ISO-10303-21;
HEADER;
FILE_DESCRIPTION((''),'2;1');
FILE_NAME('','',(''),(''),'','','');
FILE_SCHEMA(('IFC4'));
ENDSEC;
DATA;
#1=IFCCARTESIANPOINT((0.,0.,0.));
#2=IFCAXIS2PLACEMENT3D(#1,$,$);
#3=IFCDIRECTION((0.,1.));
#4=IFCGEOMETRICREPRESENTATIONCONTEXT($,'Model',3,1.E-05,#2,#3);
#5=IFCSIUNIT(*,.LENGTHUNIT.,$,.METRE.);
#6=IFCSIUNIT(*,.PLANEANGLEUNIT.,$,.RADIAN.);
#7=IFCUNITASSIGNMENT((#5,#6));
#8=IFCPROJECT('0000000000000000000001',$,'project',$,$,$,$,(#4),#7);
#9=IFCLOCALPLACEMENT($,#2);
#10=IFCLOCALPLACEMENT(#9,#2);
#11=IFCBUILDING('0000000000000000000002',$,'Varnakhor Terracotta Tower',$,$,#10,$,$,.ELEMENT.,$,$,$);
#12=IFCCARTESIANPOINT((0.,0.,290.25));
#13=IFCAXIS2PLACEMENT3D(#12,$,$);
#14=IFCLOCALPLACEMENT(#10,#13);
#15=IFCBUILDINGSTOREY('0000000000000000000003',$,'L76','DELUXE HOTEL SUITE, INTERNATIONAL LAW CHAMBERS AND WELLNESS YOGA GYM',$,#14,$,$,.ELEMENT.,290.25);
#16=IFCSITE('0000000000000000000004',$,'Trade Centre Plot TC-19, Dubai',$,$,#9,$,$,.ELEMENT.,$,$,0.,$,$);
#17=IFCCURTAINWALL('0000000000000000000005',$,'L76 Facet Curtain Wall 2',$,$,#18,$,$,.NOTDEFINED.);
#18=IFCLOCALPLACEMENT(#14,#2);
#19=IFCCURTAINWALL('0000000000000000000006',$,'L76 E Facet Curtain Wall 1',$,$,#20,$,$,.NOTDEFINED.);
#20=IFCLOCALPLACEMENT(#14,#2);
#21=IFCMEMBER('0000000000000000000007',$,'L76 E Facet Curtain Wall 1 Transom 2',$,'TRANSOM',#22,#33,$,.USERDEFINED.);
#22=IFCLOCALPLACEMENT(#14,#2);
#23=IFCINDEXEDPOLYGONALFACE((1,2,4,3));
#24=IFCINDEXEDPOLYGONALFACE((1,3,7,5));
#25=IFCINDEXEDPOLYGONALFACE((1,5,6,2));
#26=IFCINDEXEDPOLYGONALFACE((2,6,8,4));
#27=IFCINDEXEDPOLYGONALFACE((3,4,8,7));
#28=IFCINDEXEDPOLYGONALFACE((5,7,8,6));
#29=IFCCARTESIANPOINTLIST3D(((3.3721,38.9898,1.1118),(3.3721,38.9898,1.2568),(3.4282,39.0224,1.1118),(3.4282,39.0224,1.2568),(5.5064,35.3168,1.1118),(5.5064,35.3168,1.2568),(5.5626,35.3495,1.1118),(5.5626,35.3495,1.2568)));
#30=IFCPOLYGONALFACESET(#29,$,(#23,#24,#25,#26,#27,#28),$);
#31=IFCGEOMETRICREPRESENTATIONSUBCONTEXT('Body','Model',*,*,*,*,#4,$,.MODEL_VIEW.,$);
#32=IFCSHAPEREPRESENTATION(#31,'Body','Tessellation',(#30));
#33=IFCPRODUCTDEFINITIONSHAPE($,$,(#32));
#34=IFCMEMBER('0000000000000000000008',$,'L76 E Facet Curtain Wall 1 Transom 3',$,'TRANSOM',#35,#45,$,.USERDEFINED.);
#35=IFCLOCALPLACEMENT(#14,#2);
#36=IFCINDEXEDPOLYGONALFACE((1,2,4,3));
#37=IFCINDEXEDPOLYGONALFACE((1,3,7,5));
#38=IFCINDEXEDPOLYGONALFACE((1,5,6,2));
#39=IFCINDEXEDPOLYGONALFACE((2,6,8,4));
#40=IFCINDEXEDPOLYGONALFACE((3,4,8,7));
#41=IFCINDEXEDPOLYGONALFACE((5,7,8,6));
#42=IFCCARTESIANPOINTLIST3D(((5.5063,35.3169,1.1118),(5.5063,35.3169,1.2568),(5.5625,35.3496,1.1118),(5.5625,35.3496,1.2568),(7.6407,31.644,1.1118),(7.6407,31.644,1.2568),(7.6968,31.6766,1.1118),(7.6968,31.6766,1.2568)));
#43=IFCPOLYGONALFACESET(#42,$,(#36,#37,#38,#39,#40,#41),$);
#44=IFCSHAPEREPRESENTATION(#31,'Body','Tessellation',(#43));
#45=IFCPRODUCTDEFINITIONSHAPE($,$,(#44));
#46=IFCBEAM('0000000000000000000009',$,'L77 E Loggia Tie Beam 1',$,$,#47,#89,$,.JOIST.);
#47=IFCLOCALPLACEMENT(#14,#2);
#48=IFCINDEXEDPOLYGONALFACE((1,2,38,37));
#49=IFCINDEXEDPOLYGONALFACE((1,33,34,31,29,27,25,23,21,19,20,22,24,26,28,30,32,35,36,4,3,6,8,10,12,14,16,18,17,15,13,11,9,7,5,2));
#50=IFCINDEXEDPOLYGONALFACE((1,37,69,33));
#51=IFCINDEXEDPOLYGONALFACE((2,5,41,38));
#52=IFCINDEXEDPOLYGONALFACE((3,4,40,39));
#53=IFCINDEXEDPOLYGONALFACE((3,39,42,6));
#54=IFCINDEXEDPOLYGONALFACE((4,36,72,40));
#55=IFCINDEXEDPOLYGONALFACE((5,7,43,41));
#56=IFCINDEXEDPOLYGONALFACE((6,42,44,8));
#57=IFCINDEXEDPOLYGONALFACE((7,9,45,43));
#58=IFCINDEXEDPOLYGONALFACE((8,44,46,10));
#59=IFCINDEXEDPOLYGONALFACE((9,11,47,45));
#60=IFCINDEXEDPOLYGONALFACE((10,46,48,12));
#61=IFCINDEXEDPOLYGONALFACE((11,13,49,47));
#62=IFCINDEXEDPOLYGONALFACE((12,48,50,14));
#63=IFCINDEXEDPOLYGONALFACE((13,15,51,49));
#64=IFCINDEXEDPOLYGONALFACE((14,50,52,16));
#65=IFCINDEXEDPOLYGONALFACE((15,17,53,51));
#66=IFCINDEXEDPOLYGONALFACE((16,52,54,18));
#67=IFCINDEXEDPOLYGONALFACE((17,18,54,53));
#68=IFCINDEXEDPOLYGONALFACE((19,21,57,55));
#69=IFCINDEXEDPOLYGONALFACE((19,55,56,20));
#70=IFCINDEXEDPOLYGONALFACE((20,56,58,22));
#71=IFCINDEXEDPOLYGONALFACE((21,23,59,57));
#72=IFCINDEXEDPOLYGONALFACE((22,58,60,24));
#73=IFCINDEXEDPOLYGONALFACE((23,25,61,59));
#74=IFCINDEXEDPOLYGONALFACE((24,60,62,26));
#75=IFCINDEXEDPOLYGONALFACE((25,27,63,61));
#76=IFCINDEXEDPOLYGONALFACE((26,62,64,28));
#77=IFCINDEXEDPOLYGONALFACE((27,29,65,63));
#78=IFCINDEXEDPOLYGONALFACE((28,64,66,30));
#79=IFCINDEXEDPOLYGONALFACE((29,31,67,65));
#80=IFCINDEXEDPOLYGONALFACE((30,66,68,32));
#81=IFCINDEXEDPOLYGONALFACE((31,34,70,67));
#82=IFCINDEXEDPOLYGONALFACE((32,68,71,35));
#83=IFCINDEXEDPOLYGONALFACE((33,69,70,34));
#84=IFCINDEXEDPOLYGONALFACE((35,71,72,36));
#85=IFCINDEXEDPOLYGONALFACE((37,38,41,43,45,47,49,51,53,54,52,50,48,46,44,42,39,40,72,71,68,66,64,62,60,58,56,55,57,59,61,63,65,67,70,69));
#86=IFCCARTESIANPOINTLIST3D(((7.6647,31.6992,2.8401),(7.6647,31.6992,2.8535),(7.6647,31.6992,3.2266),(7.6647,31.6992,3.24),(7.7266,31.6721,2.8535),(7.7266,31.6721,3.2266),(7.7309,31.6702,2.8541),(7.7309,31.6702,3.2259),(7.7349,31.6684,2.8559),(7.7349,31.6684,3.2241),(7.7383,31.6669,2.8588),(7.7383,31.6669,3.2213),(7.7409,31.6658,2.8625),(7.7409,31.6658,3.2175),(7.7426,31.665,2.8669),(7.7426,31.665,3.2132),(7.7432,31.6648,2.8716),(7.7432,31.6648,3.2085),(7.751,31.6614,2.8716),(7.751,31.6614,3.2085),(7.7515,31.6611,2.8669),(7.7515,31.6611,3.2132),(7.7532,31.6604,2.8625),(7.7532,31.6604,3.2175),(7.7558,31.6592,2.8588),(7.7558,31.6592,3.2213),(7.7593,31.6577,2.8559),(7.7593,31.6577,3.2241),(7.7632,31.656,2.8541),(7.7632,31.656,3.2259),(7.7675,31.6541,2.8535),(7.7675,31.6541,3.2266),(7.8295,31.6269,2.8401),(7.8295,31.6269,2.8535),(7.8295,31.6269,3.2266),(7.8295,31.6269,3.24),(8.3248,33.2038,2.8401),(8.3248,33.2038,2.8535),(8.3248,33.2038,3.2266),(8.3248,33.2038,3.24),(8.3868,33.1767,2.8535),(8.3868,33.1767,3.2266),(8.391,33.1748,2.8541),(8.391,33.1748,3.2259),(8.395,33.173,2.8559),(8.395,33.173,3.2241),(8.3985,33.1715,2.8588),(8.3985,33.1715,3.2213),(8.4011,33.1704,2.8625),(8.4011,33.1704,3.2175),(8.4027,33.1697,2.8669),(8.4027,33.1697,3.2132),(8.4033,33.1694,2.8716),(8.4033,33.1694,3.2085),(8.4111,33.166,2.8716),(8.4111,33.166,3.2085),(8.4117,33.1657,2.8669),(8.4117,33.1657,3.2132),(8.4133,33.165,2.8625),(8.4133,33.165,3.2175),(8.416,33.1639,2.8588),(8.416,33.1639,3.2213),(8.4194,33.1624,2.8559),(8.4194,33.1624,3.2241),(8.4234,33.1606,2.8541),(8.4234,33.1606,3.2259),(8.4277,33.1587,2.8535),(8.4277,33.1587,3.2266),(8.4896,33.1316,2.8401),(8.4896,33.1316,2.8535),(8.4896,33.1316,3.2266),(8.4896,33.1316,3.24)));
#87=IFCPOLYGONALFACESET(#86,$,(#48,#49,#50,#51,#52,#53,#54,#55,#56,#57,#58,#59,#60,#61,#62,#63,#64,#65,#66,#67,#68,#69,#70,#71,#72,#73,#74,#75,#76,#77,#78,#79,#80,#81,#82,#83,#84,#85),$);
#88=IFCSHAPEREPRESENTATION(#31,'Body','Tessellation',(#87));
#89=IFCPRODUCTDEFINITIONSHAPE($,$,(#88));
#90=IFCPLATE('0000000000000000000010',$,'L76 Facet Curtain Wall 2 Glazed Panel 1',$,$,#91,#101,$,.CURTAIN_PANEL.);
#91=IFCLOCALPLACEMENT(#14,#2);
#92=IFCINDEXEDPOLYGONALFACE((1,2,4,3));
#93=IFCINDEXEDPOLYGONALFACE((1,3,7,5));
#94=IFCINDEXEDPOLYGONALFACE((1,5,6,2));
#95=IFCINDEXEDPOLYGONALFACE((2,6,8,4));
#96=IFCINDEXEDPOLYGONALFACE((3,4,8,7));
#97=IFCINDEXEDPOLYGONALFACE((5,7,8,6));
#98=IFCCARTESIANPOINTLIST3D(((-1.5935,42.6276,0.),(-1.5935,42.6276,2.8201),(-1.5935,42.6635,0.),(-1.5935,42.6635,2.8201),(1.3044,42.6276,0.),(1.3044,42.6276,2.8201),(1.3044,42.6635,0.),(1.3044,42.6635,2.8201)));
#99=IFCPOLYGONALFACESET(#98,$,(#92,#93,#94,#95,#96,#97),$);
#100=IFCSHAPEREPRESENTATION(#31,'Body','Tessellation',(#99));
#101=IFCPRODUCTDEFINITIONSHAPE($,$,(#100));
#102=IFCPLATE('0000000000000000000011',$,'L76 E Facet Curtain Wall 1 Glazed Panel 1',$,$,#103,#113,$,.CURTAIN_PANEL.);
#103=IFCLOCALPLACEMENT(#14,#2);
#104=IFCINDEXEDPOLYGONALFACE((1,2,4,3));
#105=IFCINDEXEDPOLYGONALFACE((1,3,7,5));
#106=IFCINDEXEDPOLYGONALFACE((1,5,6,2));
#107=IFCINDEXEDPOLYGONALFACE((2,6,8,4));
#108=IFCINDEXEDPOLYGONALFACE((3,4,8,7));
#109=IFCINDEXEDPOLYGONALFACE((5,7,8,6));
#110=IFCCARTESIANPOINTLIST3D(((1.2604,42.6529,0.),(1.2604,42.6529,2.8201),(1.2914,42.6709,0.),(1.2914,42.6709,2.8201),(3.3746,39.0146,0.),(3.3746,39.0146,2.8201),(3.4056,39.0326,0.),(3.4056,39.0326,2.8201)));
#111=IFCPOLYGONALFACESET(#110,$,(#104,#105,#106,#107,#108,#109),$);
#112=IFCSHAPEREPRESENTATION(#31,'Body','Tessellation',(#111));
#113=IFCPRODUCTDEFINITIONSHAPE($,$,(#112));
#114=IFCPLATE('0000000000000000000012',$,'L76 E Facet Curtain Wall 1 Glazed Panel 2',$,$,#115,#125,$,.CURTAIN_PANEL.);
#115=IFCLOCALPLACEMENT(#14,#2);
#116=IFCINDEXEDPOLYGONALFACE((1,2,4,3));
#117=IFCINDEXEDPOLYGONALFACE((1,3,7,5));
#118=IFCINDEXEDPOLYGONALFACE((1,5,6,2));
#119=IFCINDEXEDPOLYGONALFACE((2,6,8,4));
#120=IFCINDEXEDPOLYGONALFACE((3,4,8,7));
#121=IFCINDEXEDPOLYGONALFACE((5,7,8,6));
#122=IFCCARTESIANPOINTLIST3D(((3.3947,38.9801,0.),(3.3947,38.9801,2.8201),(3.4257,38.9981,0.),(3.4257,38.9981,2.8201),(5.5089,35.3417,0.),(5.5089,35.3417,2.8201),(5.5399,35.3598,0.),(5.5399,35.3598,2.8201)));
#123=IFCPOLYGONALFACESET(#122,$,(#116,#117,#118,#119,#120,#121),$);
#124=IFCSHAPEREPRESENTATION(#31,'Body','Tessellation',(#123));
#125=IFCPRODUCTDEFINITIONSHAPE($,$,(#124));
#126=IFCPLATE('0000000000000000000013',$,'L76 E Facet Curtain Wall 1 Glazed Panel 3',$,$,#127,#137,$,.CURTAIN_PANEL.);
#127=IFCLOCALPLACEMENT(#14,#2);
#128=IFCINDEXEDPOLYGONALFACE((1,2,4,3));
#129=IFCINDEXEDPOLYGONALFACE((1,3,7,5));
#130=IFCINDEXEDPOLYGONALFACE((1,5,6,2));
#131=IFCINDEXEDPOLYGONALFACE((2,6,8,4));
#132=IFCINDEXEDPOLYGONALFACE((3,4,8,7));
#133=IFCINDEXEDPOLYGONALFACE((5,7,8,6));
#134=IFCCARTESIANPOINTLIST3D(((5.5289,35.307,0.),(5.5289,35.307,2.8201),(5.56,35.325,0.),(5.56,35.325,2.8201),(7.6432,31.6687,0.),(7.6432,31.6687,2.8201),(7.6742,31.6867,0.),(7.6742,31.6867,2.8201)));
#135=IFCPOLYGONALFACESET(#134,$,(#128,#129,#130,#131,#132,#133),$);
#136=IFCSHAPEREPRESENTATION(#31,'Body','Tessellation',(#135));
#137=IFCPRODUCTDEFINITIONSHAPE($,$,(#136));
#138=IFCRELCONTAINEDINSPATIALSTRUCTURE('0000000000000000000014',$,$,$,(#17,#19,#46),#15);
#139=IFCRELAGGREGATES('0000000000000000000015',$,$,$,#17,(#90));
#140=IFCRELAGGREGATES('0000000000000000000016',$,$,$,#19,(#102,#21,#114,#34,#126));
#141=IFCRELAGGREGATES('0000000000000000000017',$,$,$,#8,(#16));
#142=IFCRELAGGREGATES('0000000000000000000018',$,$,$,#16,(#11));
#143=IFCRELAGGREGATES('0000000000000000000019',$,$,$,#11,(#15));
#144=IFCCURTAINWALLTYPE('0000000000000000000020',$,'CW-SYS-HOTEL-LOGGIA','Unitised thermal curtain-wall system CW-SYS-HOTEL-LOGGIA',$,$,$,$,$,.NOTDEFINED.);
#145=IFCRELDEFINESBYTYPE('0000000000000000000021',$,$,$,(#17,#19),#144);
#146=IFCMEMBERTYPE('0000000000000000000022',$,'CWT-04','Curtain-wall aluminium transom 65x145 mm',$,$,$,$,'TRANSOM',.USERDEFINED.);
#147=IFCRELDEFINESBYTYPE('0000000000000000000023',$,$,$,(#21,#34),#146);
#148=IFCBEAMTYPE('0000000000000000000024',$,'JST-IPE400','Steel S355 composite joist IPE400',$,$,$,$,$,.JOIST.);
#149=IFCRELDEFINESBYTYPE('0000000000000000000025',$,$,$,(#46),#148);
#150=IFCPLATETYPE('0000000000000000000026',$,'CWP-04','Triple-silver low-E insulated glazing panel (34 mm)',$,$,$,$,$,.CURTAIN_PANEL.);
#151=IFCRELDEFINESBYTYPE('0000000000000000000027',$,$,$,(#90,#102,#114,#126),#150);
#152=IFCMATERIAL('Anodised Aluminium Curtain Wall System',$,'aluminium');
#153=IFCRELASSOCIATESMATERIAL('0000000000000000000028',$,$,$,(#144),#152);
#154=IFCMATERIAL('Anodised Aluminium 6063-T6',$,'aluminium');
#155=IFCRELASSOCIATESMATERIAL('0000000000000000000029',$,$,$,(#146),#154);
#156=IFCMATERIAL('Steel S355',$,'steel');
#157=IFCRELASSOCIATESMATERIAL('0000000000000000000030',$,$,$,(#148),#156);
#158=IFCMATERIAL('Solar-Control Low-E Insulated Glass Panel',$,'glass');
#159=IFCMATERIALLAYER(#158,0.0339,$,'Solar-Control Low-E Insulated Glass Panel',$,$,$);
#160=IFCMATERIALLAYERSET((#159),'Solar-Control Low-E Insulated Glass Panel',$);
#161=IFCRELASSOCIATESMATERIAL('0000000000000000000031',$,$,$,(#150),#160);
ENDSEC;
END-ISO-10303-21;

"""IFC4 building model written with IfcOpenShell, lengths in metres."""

from ifc_helpers import new_model, si_unit, direction, frame, origin, origin_2d, place, context, subcontext, project, spatial, rectangle, i_section, extrude, source, transform, mapped, material, layer, layer_set, material_profile, profile_set, type_object, element, aggregate, save


model = new_model("IFC4")

# Units and contexts
model_context = context("Model", 3, precision=1e-05, world=origin(), true_north=direction((0.0, 1.0)))
body_context = subcontext(model_context, "Body", "Model", "MODEL_VIEW")
ifc_project = project(units=[si_unit("LENGTHUNIT", "METRE"), si_unit("PLANEANGLEUNIT", "RADIAN")], contexts=[model_context])

# Site, building, storey
site_placement = place(None, origin())
site = spatial("IfcSite", under=ifc_project, at=site_placement, Name="Trade Centre Plot TC-19, Dubai", CompositionType="ELEMENT", RefElevation=0.0)
building_placement = place(site_placement, origin())
building = spatial("IfcBuilding", under=site, at=building_placement, Name="Varnakhor Terracotta Tower", CompositionType="ELEMENT")
storey_placement = place(building_placement, frame((0.0, 0.0, 290.25)))
storey = spatial("IfcBuildingStorey", under=building, at=storey_placement, Name="L76", Description="DELUXE HOTEL SUITE, INTERNATIONAL LAW CHAMBERS AND WELLNESS YOGA GYM", CompositionType="ELEMENT", Elevation=290.25)

# Shared definitions
ifc_material_1 = material(Name="Steel S355", Category="steel")

# Curtain wall
ifc_material_2 = material(Name="Anodised Aluminium Curtain Wall System", Category="aluminium")
curtain_wall_type = type_object("IfcCurtainWallType", Name="CW-SYS-HOTEL-LOGGIA", Description="Unitised thermal curtain-wall system CW-SYS-HOTEL-LOGGIA", PredefinedType="NOTDEFINED", material=ifc_material_2)
curtain_wall_1_placement = place(storey_placement, origin())
curtain_wall_1 = element("IfcCurtainWall", 1, at=curtain_wall_1_placement, inside=storey, type_object=curtain_wall_type, Name="L76 Facet Curtain Wall 2", PredefinedType="NOTDEFINED")
ifc_material_3 = material(Name="Anodised Aluminium 6063-T6", Category="aluminium")

# Curtain wall
curtain_wall_2_placement = place(storey_placement, origin())
curtain_wall_2 = element("IfcCurtainWall", 2, at=curtain_wall_2_placement, inside=storey, type_object=curtain_wall_type, Name="L76 E Facet Curtain Wall 1", PredefinedType="NOTDEFINED")

# Members
ifc_material_profile_1 = material_profile(ifc_material_3, rectangle(XDim=0.0649, YDim=0.145, at=origin_2d()), Name="ALU TRANSOM 65x145")
ifc_profile_set_1 = profile_set([ifc_material_profile_1], Name="Anodised Aluminium 6063-T6")
member_type_1 = type_object("IfcMemberType", Name="CWT-04", Description="Curtain-wall aluminium transom 65x145 mm", ElementType="TRANSOM", PredefinedType="USERDEFINED", material=ifc_profile_set_1)
shared_shape_1 = source(origin(), body_context, "Body", "SweptSolid", [
    extrude(rectangle(XDim=0.0649, YDim=0.145, at=origin_2d()), origin(), (0.0, 0.0, 1.0), 4.248),
])
member_1_placement = place(storey_placement, frame((3.4001, 39.0061, 1.1843), z_axis=(0.502427, -0.86462, 0.0), x_axis=(0.86462, 0.502427, 0.0)))
member_1 = element("IfcMember", 3, at=member_1_placement, type_object=member_type_1, Name="L76 E Facet Curtain Wall 1 Transom 2", ObjectType="TRANSOM", PredefinedType="USERDEFINED", context=body_context, shape_type="MappedRepresentation", body=[
    mapped(shared_shape_1, transform((0.0, 0.0, 0.0), scale=1.0)),
])
member_2_placement = place(storey_placement, frame((5.5344, 35.3333, 1.1843), z_axis=(0.502427, -0.86462, 0.0), x_axis=(0.86462, 0.502427, 0.0)))
member_2 = element("IfcMember", 4, at=member_2_placement, type_object=member_type_1, Name="L76 E Facet Curtain Wall 1 Transom 3", ObjectType="TRANSOM", PredefinedType="USERDEFINED", context=body_context, shape_type="MappedRepresentation", body=[
    mapped(shared_shape_1, transform((0.0, 0.0, 0.0), scale=1.0)),
])

# Beam
ifc_material_profile_2 = material_profile(ifc_material_1, i_section(OverallWidth=0.1799, OverallDepth=0.3999, WebThickness=0.0085, FlangeThickness=0.0134, FilletRadius=0.0181, at=origin_2d()), Name="IPE400")
ifc_profile_set_2 = profile_set([ifc_material_profile_2], Name="Steel S355")
beam_type_1 = type_object("IfcBeamType", Name="JST-IPE400", Description="Steel S355 composite joist IPE400", PredefinedType="JOIST", material=ifc_profile_set_2)
shared_shape_2 = source(origin(), body_context, "Body", "SweptSolid", [
    extrude(i_section(OverallWidth=0.1799, OverallDepth=0.3999, WebThickness=0.0085, FlangeThickness=0.0134, FilletRadius=0.0181, at=origin_2d()), origin(), (0.0, 0.0, 1.0), 1.6431),
])
beam_1_placement = place(storey_placement, frame((7.7471, 31.6631, 3.04), z_axis=(0.401777, 0.915737, 0.0), x_axis=(-0.915737, 0.401777, 0.0)))
element("IfcBeam", 5, at=beam_1_placement, inside=storey, type_object=beam_type_1, Name="L77 E Loggia Tie Beam 1", PredefinedType="JOIST", context=body_context, shape_type="MappedRepresentation", body=[
    mapped(shared_shape_2, transform((0.0, 0.0, 0.0), scale=1.0)),
])

# Plates
ifc_material_4 = material(Name="Solar-Control Low-E Insulated Glass Panel", Category="glass")
ifc_layer_1 = layer(ifc_material_4, 0.0339, Name="Solar-Control Low-E Insulated Glass Panel")
ifc_layer_set_1 = layer_set([ifc_layer_1], Name="Solar-Control Low-E Insulated Glass Panel")
plate_type = type_object("IfcPlateType", Name="CWP-04", Description="Triple-silver low-E insulated glazing panel (34 mm)", PredefinedType="CURTAIN_PANEL", material=ifc_layer_set_1)
shared_shape_3 = source(origin(), body_context, "Body", "SweptSolid", [
    extrude(rectangle(XDim=2.8979, YDim=0.0359, at=origin_2d()), origin(), (0.0, 0.0, 1.0), 2.8201),
])
plate_1_placement = place(storey_placement, frame((-0.1445, 42.6455, 0.0), z_axis=(0.0, 0.0, 1.0), x_axis=(1.0, 0.0, 0.0)))
plate_1 = element("IfcPlate", 6, at=plate_1_placement, type_object=plate_type, Name="L76 Facet Curtain Wall 2 Glazed Panel 1", PredefinedType="CURTAIN_PANEL", context=body_context, shape_type="MappedRepresentation", body=[
    mapped(shared_shape_3, transform((0.0, 0.0, 0.0), scale=1.0)),
])
aggregate(curtain_wall_1, [plate_1])
shared_shape_4 = source(origin(), body_context, "Body", "SweptSolid", [
    extrude(rectangle(XDim=4.208, YDim=0.0359, at=origin_2d()), origin(), (0.0, 0.0, 1.0), 2.8201),
])
plate_2_placement = place(storey_placement, frame((2.333, 40.8428, 0.0), z_axis=(0.0, 0.0, 1.0), x_axis=(0.502432, -0.864617, 0.0)))
plate_2 = element("IfcPlate", 7, at=plate_2_placement, type_object=plate_type, Name="L76 E Facet Curtain Wall 1 Glazed Panel 1", PredefinedType="CURTAIN_PANEL", context=body_context, shape_type="MappedRepresentation", body=[
    mapped(shared_shape_4, transform((0.0, 0.0, 0.0), scale=1.0)),
])
plate_3_placement = place(storey_placement, frame((4.4673, 37.1699, 0.0), z_axis=(0.0, 0.0, 1.0), x_axis=(0.502432, -0.864617, 0.0)))
plate_3 = element("IfcPlate", 8, at=plate_3_placement, type_object=plate_type, Name="L76 E Facet Curtain Wall 1 Glazed Panel 2", PredefinedType="CURTAIN_PANEL", context=body_context, shape_type="MappedRepresentation", body=[
    mapped(shared_shape_4, transform((0.0, 0.0, 0.0), scale=1.0)),
])
plate_4_placement = place(storey_placement, frame((6.6016, 33.4968, 0.0), z_axis=(0.0, 0.0, 1.0), x_axis=(0.502432, -0.864617, 0.0)))
plate_4 = element("IfcPlate", 9, at=plate_4_placement, type_object=plate_type, Name="L76 E Facet Curtain Wall 1 Glazed Panel 3", PredefinedType="CURTAIN_PANEL", context=body_context, shape_type="MappedRepresentation", body=[
    mapped(shared_shape_4, transform((0.0, 0.0, 0.0), scale=1.0)),
])
aggregate(curtain_wall_2, [plate_2, member_1, plate_3, member_2, plate_4])

save(model, "model.ifc")
